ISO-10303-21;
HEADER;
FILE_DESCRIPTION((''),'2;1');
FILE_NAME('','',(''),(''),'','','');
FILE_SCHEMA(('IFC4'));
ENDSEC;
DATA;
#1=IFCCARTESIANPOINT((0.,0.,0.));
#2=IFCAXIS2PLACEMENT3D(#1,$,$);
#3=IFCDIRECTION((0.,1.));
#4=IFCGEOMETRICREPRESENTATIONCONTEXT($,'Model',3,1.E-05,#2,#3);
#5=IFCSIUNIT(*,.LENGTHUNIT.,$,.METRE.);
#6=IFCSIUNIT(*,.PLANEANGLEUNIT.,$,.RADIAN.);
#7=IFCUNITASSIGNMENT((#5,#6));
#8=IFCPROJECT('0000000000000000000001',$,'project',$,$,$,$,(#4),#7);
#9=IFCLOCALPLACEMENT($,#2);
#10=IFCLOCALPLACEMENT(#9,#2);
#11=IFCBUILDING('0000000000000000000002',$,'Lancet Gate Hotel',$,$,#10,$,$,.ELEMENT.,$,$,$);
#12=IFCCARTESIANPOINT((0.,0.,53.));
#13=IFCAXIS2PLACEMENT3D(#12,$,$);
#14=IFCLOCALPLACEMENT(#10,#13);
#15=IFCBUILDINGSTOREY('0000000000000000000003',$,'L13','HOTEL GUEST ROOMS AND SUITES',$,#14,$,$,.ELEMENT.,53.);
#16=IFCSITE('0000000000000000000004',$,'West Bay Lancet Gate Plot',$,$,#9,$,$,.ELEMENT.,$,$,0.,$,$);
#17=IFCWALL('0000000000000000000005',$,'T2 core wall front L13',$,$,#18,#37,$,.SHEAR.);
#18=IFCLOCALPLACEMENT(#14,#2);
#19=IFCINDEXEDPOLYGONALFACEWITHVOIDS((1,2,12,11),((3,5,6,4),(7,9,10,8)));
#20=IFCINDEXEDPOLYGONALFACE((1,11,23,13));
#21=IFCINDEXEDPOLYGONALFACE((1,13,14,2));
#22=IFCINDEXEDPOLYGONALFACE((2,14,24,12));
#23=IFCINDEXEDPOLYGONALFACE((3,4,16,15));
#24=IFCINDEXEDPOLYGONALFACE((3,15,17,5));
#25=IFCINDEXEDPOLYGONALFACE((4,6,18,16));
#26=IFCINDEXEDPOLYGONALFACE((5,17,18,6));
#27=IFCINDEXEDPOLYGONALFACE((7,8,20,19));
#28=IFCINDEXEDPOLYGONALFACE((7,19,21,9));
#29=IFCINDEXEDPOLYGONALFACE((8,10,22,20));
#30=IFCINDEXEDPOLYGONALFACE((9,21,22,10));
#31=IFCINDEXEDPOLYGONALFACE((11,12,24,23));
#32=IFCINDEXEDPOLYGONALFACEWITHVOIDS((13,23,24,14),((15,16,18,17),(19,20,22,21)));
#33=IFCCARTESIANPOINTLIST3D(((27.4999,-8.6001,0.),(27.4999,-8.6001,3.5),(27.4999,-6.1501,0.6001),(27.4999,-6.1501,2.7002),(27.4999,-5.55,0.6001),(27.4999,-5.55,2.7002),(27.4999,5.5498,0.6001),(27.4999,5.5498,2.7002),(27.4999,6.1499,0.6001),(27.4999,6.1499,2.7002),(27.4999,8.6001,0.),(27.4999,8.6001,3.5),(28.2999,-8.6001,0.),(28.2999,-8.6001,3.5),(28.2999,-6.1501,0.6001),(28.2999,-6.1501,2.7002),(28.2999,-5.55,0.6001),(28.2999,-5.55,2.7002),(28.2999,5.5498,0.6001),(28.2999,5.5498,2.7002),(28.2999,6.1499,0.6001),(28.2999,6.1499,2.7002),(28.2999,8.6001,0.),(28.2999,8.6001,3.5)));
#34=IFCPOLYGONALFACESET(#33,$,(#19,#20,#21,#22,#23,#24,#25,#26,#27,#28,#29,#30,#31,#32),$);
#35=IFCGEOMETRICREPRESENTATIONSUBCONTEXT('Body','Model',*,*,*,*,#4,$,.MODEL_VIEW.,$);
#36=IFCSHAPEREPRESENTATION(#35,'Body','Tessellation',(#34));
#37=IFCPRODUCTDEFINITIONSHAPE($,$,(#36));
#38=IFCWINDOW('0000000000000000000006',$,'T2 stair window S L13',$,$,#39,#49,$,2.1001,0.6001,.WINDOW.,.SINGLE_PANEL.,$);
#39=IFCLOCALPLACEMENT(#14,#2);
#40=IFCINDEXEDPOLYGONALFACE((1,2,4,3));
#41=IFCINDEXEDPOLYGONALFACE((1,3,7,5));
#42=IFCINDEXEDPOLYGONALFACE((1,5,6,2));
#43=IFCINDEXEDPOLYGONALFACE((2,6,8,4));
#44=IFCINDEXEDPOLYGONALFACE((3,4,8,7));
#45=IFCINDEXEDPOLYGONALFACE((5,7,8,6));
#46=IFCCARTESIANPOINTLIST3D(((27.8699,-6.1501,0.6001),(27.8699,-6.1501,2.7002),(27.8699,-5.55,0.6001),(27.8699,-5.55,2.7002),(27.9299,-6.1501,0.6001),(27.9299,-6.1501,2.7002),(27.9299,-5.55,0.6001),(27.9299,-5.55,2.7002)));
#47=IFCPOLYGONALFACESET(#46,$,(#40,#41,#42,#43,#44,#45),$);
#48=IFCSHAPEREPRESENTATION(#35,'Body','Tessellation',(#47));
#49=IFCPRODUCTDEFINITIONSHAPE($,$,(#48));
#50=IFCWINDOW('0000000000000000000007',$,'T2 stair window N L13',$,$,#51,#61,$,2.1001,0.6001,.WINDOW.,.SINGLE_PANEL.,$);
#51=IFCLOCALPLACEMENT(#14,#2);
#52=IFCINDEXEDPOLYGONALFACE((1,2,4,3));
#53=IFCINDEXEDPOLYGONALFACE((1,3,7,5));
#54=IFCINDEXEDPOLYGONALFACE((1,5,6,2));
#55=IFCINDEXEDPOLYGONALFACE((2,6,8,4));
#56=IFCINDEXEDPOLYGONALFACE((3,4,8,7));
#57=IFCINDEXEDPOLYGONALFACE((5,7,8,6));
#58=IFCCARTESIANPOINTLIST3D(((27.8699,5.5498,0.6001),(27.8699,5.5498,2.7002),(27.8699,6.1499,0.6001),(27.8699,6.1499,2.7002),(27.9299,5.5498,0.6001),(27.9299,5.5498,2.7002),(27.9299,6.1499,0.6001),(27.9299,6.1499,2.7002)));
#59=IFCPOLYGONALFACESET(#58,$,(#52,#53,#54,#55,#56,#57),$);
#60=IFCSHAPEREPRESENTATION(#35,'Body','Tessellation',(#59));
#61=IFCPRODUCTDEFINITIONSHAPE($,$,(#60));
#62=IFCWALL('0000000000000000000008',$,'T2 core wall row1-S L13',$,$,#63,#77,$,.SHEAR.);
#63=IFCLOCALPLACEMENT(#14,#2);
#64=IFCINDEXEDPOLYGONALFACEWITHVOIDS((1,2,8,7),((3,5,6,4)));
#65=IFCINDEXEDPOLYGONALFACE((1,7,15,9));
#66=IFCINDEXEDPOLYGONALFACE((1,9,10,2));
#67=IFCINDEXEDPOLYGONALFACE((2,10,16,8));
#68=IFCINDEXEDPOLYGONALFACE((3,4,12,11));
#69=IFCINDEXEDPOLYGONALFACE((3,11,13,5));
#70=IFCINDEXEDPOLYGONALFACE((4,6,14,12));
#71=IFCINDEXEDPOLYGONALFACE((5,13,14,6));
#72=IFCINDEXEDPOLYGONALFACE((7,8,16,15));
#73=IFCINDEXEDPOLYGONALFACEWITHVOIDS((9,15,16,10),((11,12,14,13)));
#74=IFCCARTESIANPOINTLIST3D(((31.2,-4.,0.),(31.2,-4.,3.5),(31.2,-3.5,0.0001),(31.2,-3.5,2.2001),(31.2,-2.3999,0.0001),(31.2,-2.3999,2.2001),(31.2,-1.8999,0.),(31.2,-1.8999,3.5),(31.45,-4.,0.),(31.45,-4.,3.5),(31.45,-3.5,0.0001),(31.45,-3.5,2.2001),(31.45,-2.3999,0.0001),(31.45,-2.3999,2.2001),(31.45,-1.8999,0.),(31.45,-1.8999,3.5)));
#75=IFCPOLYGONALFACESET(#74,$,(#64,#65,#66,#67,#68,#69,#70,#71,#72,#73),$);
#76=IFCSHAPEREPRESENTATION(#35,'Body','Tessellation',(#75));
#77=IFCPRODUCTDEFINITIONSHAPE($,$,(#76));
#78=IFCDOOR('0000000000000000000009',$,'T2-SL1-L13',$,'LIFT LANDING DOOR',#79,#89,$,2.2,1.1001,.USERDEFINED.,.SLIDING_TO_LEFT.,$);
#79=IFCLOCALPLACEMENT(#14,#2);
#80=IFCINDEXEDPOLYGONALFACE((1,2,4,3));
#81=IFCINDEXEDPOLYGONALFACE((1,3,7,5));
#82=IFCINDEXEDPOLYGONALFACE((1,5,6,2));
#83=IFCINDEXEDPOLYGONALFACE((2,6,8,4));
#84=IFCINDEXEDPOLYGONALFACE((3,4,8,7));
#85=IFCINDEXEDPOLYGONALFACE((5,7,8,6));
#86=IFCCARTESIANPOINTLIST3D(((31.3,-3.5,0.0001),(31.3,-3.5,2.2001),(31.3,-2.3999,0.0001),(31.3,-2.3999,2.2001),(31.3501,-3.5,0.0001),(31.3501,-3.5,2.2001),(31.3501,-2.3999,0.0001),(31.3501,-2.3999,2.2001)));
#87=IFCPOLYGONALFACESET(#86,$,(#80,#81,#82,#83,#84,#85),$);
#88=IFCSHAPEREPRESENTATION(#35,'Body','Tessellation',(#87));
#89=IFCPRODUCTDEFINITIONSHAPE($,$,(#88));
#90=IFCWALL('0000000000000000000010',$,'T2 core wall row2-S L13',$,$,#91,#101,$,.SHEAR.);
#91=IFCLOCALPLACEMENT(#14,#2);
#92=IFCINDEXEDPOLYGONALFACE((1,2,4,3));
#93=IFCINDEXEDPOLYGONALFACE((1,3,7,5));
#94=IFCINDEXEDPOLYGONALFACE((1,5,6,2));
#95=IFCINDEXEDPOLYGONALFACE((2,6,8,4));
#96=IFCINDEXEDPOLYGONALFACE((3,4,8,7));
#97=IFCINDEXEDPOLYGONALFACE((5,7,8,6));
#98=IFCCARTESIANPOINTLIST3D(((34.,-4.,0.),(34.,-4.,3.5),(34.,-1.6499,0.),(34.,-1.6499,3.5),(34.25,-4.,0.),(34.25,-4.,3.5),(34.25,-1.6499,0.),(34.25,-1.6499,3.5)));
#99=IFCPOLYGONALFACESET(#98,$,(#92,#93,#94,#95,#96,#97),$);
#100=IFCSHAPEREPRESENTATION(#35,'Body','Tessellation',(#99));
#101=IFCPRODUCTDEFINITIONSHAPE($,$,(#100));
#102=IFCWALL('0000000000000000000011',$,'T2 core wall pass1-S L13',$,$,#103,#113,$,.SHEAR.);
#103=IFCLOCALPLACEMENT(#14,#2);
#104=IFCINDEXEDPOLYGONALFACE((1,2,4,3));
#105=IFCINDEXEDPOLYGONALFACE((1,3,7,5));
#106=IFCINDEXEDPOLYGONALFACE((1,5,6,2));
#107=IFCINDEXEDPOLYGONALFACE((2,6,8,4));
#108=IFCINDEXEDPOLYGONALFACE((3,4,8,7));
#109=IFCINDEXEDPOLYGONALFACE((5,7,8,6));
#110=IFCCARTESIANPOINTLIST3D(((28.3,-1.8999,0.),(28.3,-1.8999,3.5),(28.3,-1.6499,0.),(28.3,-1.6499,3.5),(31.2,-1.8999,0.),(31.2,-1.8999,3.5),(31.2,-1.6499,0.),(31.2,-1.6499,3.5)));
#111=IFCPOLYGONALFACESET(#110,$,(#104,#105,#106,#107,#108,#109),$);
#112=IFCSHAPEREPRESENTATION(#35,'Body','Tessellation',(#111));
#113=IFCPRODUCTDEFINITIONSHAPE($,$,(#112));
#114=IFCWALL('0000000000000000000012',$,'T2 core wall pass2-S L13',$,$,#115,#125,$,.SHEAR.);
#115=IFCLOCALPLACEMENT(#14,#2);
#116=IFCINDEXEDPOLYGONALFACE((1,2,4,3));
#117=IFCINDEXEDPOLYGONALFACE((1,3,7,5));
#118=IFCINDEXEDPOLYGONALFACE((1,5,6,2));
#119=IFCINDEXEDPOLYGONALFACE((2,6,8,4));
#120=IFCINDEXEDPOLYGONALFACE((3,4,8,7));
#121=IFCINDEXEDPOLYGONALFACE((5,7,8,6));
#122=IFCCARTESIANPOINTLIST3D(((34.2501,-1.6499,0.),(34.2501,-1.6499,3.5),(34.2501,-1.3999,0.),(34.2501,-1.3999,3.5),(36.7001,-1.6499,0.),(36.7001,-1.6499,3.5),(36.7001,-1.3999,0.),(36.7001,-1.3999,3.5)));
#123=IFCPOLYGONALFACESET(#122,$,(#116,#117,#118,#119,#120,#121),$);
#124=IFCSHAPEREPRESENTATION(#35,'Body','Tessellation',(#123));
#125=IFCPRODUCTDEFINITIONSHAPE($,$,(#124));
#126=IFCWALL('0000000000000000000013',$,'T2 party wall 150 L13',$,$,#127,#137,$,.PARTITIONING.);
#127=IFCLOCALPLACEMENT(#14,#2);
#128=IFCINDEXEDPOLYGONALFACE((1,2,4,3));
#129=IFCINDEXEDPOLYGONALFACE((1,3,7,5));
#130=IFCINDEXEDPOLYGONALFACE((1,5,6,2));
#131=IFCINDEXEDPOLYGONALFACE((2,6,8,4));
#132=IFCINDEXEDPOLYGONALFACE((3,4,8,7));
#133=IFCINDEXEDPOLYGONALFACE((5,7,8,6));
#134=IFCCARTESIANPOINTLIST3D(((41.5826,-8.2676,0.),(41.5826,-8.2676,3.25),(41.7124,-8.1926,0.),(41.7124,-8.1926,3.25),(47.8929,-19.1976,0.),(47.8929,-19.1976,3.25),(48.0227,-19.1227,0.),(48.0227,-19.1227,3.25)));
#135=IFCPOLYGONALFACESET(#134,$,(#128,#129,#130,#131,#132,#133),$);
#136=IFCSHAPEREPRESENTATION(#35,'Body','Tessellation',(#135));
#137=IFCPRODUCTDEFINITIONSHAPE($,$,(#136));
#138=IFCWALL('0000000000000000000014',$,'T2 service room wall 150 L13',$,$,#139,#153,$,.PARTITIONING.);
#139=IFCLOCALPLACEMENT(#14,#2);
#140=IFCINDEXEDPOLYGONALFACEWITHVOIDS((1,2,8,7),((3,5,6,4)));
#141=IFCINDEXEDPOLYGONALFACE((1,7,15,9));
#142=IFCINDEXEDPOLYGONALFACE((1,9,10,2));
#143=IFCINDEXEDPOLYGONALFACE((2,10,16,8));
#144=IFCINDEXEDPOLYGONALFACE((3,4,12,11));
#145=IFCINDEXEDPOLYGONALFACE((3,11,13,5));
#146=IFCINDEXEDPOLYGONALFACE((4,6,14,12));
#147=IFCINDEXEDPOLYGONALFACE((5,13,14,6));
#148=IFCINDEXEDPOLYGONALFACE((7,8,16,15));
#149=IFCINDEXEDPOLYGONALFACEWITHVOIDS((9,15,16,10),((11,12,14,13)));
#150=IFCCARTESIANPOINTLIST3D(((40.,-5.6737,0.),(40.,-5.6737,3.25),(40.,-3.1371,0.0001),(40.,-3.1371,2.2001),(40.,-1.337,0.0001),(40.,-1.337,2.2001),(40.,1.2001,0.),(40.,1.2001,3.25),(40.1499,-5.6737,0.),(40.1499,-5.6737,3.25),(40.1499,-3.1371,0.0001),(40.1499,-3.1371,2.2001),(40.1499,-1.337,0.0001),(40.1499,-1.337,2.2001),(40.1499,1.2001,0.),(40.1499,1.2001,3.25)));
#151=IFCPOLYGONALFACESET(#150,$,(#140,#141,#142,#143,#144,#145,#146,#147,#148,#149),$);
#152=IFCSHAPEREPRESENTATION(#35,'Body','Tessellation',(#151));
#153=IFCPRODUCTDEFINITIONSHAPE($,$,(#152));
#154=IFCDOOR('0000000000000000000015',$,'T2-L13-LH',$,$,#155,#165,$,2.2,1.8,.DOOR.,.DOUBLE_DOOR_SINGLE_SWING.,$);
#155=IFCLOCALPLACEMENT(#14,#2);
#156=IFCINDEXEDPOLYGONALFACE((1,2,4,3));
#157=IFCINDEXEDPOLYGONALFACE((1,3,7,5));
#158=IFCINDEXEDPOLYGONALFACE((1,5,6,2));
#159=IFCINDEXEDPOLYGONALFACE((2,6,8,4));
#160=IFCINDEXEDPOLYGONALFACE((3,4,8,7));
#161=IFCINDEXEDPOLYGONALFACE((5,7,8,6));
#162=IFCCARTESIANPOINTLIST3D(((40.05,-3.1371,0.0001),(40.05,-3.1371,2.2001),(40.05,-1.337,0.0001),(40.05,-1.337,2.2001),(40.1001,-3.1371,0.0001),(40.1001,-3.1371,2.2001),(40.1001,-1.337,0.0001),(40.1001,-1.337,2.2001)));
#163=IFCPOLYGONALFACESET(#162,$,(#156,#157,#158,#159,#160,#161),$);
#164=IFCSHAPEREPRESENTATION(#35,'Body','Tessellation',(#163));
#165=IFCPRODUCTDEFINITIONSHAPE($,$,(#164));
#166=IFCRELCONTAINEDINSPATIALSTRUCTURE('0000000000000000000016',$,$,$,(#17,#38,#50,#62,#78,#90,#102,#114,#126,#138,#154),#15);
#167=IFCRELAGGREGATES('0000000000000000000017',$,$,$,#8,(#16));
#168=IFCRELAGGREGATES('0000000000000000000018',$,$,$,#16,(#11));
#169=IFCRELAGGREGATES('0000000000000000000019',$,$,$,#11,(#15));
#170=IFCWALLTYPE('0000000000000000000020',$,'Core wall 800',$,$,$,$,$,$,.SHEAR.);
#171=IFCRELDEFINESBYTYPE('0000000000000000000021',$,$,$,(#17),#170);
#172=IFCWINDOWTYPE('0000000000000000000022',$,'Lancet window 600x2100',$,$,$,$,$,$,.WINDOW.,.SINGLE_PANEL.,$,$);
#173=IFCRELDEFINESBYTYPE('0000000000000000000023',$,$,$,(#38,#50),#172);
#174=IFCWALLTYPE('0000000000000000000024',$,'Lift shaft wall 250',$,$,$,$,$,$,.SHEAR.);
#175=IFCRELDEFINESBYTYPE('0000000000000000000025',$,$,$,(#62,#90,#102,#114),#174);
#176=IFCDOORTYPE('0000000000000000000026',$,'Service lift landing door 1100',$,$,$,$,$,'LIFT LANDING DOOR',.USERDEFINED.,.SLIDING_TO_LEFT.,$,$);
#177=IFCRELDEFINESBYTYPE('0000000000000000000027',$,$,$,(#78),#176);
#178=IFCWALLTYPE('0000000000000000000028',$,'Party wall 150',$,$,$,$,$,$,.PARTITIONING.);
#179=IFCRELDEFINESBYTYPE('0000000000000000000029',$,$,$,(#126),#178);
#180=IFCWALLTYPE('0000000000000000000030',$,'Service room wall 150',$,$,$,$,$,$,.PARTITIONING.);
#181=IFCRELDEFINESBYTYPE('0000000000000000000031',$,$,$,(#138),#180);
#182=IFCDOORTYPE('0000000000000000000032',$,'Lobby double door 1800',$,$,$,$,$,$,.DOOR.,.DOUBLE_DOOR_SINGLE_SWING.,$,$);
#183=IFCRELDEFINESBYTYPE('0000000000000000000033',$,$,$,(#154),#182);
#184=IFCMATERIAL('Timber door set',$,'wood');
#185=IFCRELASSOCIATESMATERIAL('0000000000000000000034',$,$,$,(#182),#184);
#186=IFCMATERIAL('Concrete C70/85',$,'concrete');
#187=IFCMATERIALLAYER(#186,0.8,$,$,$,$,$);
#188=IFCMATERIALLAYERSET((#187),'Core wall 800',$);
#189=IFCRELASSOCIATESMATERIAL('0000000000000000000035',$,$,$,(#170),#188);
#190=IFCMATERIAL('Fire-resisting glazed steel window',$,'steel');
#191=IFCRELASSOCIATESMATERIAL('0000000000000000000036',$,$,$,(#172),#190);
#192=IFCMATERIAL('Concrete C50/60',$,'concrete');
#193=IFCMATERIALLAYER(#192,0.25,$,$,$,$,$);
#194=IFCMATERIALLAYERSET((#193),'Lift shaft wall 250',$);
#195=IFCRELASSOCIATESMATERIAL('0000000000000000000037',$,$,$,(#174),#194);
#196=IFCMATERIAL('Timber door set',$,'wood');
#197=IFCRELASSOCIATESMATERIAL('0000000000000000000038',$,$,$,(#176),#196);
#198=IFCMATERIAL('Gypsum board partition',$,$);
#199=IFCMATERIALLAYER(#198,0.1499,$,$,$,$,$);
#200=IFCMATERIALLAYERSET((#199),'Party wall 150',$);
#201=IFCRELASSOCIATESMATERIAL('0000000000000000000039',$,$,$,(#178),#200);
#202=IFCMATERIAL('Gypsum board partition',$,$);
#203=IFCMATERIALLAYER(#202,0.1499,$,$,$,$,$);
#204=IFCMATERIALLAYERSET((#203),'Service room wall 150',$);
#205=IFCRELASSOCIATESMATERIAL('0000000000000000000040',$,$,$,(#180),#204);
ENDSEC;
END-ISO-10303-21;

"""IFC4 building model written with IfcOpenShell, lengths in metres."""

from ifc_helpers import new_model, si_unit, direction, frame, frame_2d, origin, place, context, subcontext, project, spatial, rectangle, extrude, material, layer, layer_set, type_object, element, fill, save


model = new_model("IFC4")

# Units and contexts
model_context = context("Model", 3, precision=1e-05, world=origin(), true_north=direction((0.0, 1.0)))
body_context = subcontext(model_context, "Body", "Model", "MODEL_VIEW")
ifc_project = project(units=[si_unit("LENGTHUNIT", "METRE"), si_unit("PLANEANGLEUNIT", "RADIAN")], contexts=[model_context])

# Site, building, storey
site_placement = place(None, origin())
site = spatial("IfcSite", under=ifc_project, at=site_placement, Name="West Bay Lancet Gate Plot", CompositionType="ELEMENT", RefElevation=0.0)
building_placement = place(site_placement, origin())
building = spatial("IfcBuilding", under=site, at=building_placement, Name="Lancet Gate Hotel", CompositionType="ELEMENT")
storey_placement = place(building_placement, frame((0.0, 0.0, 53.0)))
storey = spatial("IfcBuildingStorey", under=building, at=storey_placement, Name="L13", Description="HOTEL GUEST ROOMS AND SUITES", CompositionType="ELEMENT", Elevation=53.0)

# Shared definitions
ifc_material_1 = material(Name="Timber door set", Category="wood")
door_type_1 = type_object("IfcDoorType", Name="Lobby double door 1800", OperationType="DOUBLE_DOOR_SINGLE_SWING", PredefinedType="DOOR", material=ifc_material_1)

# Wall, openings, windows
ifc_material_2 = material(Name="Concrete C70/85", Category="concrete")
ifc_layer_1 = layer(ifc_material_2, 0.8)
ifc_layer_set_1 = layer_set([ifc_layer_1], Name="Core wall 800")
wall_type_1 = type_object("IfcWallType", Name="Core wall 800", PredefinedType="SHEAR", material=ifc_layer_set_1)
wall_1_placement = place(storey_placement, frame((27.8999, -8.6001, 0.0), z_axis=(0.0, 0.0, 1.0), x_axis=(0.0, 1.0, 0.0)))
wall_1 = element("IfcWall", 1, at=wall_1_placement, inside=storey, type_object=wall_type_1, Name="T2 core wall front L13", PredefinedType="SHEAR", context=body_context, shape_type="SweptSolid", body=[
    extrude(rectangle(XDim=17.2002, YDim=0.8, at=frame_2d((8.6001, 0.0))), origin(), (0.0, 0.0, 1.0), 3.5),
])
opening_1_placement = place(wall_1_placement, frame((2.45, 0.0, 0.6001)))
opening_1 = element("IfcOpeningElement", 2, at=opening_1_placement, cuts=wall_1, PredefinedType="OPENING", context=body_context, shape_type="SweptSolid", body=[
    extrude(rectangle(XDim=0.6001, YDim=2.1001, at=frame_2d((0.3, 1.05))), frame((0.0, 0.4099, 0.0), z_axis=(0.0, -1.0, 0.0), x_axis=(1.0, 0.0, 0.0)), (0.0, 0.0, 1.0), 0.8201),
])
opening_2_placement = place(wall_1_placement, frame((14.1499, 0.0, 0.6001)))
opening_2 = element("IfcOpeningElement", 3, at=opening_2_placement, cuts=wall_1, PredefinedType="OPENING", context=body_context, shape_type="SweptSolid", body=[
    extrude(rectangle(XDim=0.6001, YDim=2.1001, at=frame_2d((0.3, 1.05))), frame((0.0, 0.4099, 0.0), z_axis=(0.0, -1.0, 0.0), x_axis=(1.0, 0.0, 0.0)), (0.0, 0.0, 1.0), 0.8201),
])
ifc_material_3 = material(Name="Fire-resisting glazed steel window", Category="steel")
window_type = type_object("IfcWindowType", Name="Lancet window 600x2100", PartitioningType="SINGLE_PANEL", PredefinedType="WINDOW", material=ifc_material_3)
window_1_placement = place(opening_1_placement, origin())
window_1 = element("IfcWindow", 4, at=window_1_placement, inside=storey, type_object=window_type, Name="T2 stair window S L13", OverallHeight=2.1001, OverallWidth=0.6001, PartitioningType="SINGLE_PANEL", PredefinedType="WINDOW", context=body_context, shape_type="SweptSolid", body=[
    extrude(rectangle(XDim=0.6001, YDim=2.1001, at=frame_2d((0.3, 1.05))), frame((0.0, 0.03, 0.0), z_axis=(0.0, -1.0, 0.0), x_axis=(1.0, 0.0, 0.0)), (0.0, 0.0, 1.0), 0.0601),
])
fill(opening_1, window_1)
window_2_placement = place(opening_2_placement, origin())
window_2 = element("IfcWindow", 5, at=window_2_placement, inside=storey, type_object=window_type, Name="T2 stair window N L13", OverallHeight=2.1001, OverallWidth=0.6001, PartitioningType="SINGLE_PANEL", PredefinedType="WINDOW", context=body_context, shape_type="SweptSolid", body=[
    extrude(rectangle(XDim=0.6001, YDim=2.1001, at=frame_2d((0.3, 1.05))), frame((0.0, 0.03, 0.0), z_axis=(0.0, -1.0, 0.0), x_axis=(1.0, 0.0, 0.0)), (0.0, 0.0, 1.0), 0.0601),
])
fill(opening_2, window_2)

# Wall, opening, door
ifc_material_4 = material(Name="Concrete C50/60", Category="concrete")
ifc_layer_2 = layer(ifc_material_4, 0.25)
ifc_layer_set_2 = layer_set([ifc_layer_2], Name="Lift shaft wall 250")
wall_type_2 = type_object("IfcWallType", Name="Lift shaft wall 250", PredefinedType="SHEAR", material=ifc_layer_set_2)
wall_2_placement = place(storey_placement, frame((31.325, -4.0, 0.0), z_axis=(0.0, 0.0, 1.0), x_axis=(0.0, 1.0, 0.0)))
wall_2 = element("IfcWall", 6, at=wall_2_placement, inside=storey, type_object=wall_type_2, Name="T2 core wall row1-S L13", PredefinedType="SHEAR", context=body_context, shape_type="SweptSolid", body=[
    extrude(rectangle(XDim=2.1001, YDim=0.25, at=frame_2d((1.05, 0.0))), origin(), (0.0, 0.0, 1.0), 3.5),
])
opening_3_placement = place(wall_2_placement, frame((0.5, 0.0, 0.0)))
opening_3 = element("IfcOpeningElement", 7, at=opening_3_placement, cuts=wall_2, PredefinedType="OPENING", context=body_context, shape_type="SweptSolid", body=[
    extrude(rectangle(XDim=1.1001, YDim=2.2, at=frame_2d((0.55, 1.1001))), frame((0.0, 0.135, 0.0), z_axis=(0.0, -1.0, 0.0), x_axis=(1.0, 0.0, 0.0)), (0.0, 0.0, 1.0), 0.27),
])
ifc_material_5 = material(Name="Timber door set", Category="wood")
door_type_2 = type_object("IfcDoorType", Name="Service lift landing door 1100", ElementType="LIFT LANDING DOOR", OperationType="SLIDING_TO_LEFT", PredefinedType="USERDEFINED", material=ifc_material_5)
door_1_placement = place(opening_3_placement, origin())
door_1 = element("IfcDoor", 8, at=door_1_placement, inside=storey, type_object=door_type_2, Name="T2-SL1-L13", ObjectType="LIFT LANDING DOOR", OperationType="SLIDING_TO_LEFT", OverallHeight=2.2, OverallWidth=1.1001, PredefinedType="USERDEFINED", context=body_context, shape_type="SweptSolid", body=[
    extrude(rectangle(XDim=1.1001, YDim=2.2, at=frame_2d((0.55, 1.1001))), frame((0.0, 0.0249, 0.0), z_axis=(0.0, -1.0, 0.0), x_axis=(1.0, 0.0, 0.0)), (0.0, 0.0, 1.0), 0.05),
])
fill(opening_3, door_1)

# Walls
wall_3_placement = place(storey_placement, frame((34.125, -4.0, 0.0), z_axis=(0.0, 0.0, 1.0), x_axis=(0.0, 1.0, 0.0)))
element("IfcWall", 9, at=wall_3_placement, inside=storey, type_object=wall_type_2, Name="T2 core wall row2-S L13", PredefinedType="SHEAR", context=body_context, shape_type="SweptSolid", body=[
    extrude(rectangle(XDim=2.3501, YDim=0.25, at=frame_2d((1.175, 0.0))), origin(), (0.0, 0.0, 1.0), 3.5),
])
wall_4_placement = place(storey_placement, frame((28.3, -1.7749, 0.0), z_axis=(0.0, 0.0, 1.0), x_axis=(1.0, 0.0, 0.0)))
element("IfcWall", 10, at=wall_4_placement, inside=storey, type_object=wall_type_2, Name="T2 core wall pass1-S L13", PredefinedType="SHEAR", context=body_context, shape_type="SweptSolid", body=[
    extrude(rectangle(XDim=2.8999, YDim=0.25, at=frame_2d((1.45, 0.0))), origin(), (0.0, 0.0, 1.0), 3.5),
])
wall_5_placement = place(storey_placement, frame((34.25, -1.5249, 0.0), z_axis=(0.0, 0.0, 1.0), x_axis=(1.0, 0.0, 0.0)))
element("IfcWall", 11, at=wall_5_placement, inside=storey, type_object=wall_type_2, Name="T2 core wall pass2-S L13", PredefinedType="SHEAR", context=body_context, shape_type="SweptSolid", body=[
    extrude(rectangle(XDim=2.45, YDim=0.25, at=frame_2d((1.2251, 0.0))), origin(), (0.0, 0.0, 1.0), 3.5),
])
ifc_material_6 = material(Name="Gypsum board partition")
ifc_layer_3 = layer(ifc_material_6, 0.1499)
ifc_layer_set_3 = layer_set([ifc_layer_3], Name="Party wall 150")
wall_type_3 = type_object("IfcWallType", Name="Party wall 150", PredefinedType="PARTITIONING", material=ifc_layer_set_3)
wall_6_placement = place(storey_placement, frame((41.6475, -8.23, 0.0), z_axis=(0.0, 0.0, 1.0), x_axis=(0.499986, -0.866034, 0.0)))
element("IfcWall", 12, at=wall_6_placement, inside=storey, type_object=wall_type_3, Name="T2 party wall 150 L13", PredefinedType="PARTITIONING", context=body_context, shape_type="SweptSolid", body=[
    extrude(rectangle(XDim=12.6208, YDim=0.1499, at=frame_2d((6.3105, 0.0))), origin(), (0.0, 0.0, 1.0), 3.25),
])

# Wall, opening, door
ifc_material_7 = material(Name="Gypsum board partition")
ifc_layer_4 = layer(ifc_material_7, 0.1499)
ifc_layer_set_4 = layer_set([ifc_layer_4], Name="Service room wall 150")
wall_type_4 = type_object("IfcWallType", Name="Service room wall 150", PredefinedType="PARTITIONING", material=ifc_layer_set_4)
wall_7_placement = place(storey_placement, frame((40.075, -5.6738, 0.0), z_axis=(0.0, 0.0, 1.0), x_axis=(0.0, 1.0, 0.0)))
wall_7 = element("IfcWall", 13, at=wall_7_placement, inside=storey, type_object=wall_type_4, Name="T2 service room wall 150 L13", PredefinedType="PARTITIONING", context=body_context, shape_type="SweptSolid", body=[
    extrude(rectangle(XDim=6.8738, YDim=0.1499, at=frame_2d((3.437, 0.0))), origin(), (0.0, 0.0, 1.0), 3.25),
])
opening_4_placement = place(wall_7_placement, frame((2.5369, 0.0, 0.0)))
opening_4 = element("IfcOpeningElement", 14, at=opening_4_placement, cuts=wall_7, PredefinedType="OPENING", context=body_context, shape_type="SweptSolid", body=[
    extrude(rectangle(XDim=1.8, YDim=2.2, at=frame_2d((0.8999, 1.1001))), frame((0.0, 0.085, 0.0), z_axis=(0.0, -1.0, 0.0), x_axis=(1.0, 0.0, 0.0)), (0.0, 0.0, 1.0), 0.1699),
])
door_2_placement = place(opening_4_placement, origin())
door_2 = element("IfcDoor", 15, at=door_2_placement, inside=storey, type_object=door_type_1, Name="T2-L13-LH", OperationType="DOUBLE_DOOR_SINGLE_SWING", OverallHeight=2.2, OverallWidth=1.8, PredefinedType="DOOR", context=body_context, shape_type="SweptSolid", body=[
    extrude(rectangle(XDim=1.8, YDim=2.2, at=frame_2d((0.8999, 1.1001))), frame((0.0, 0.0249, 0.0), z_axis=(0.0, -1.0, 0.0), x_axis=(1.0, 0.0, 0.0)), (0.0, 0.0, 1.0), 0.05),
])
fill(opening_4, door_2)

save(model, "model.ifc")
